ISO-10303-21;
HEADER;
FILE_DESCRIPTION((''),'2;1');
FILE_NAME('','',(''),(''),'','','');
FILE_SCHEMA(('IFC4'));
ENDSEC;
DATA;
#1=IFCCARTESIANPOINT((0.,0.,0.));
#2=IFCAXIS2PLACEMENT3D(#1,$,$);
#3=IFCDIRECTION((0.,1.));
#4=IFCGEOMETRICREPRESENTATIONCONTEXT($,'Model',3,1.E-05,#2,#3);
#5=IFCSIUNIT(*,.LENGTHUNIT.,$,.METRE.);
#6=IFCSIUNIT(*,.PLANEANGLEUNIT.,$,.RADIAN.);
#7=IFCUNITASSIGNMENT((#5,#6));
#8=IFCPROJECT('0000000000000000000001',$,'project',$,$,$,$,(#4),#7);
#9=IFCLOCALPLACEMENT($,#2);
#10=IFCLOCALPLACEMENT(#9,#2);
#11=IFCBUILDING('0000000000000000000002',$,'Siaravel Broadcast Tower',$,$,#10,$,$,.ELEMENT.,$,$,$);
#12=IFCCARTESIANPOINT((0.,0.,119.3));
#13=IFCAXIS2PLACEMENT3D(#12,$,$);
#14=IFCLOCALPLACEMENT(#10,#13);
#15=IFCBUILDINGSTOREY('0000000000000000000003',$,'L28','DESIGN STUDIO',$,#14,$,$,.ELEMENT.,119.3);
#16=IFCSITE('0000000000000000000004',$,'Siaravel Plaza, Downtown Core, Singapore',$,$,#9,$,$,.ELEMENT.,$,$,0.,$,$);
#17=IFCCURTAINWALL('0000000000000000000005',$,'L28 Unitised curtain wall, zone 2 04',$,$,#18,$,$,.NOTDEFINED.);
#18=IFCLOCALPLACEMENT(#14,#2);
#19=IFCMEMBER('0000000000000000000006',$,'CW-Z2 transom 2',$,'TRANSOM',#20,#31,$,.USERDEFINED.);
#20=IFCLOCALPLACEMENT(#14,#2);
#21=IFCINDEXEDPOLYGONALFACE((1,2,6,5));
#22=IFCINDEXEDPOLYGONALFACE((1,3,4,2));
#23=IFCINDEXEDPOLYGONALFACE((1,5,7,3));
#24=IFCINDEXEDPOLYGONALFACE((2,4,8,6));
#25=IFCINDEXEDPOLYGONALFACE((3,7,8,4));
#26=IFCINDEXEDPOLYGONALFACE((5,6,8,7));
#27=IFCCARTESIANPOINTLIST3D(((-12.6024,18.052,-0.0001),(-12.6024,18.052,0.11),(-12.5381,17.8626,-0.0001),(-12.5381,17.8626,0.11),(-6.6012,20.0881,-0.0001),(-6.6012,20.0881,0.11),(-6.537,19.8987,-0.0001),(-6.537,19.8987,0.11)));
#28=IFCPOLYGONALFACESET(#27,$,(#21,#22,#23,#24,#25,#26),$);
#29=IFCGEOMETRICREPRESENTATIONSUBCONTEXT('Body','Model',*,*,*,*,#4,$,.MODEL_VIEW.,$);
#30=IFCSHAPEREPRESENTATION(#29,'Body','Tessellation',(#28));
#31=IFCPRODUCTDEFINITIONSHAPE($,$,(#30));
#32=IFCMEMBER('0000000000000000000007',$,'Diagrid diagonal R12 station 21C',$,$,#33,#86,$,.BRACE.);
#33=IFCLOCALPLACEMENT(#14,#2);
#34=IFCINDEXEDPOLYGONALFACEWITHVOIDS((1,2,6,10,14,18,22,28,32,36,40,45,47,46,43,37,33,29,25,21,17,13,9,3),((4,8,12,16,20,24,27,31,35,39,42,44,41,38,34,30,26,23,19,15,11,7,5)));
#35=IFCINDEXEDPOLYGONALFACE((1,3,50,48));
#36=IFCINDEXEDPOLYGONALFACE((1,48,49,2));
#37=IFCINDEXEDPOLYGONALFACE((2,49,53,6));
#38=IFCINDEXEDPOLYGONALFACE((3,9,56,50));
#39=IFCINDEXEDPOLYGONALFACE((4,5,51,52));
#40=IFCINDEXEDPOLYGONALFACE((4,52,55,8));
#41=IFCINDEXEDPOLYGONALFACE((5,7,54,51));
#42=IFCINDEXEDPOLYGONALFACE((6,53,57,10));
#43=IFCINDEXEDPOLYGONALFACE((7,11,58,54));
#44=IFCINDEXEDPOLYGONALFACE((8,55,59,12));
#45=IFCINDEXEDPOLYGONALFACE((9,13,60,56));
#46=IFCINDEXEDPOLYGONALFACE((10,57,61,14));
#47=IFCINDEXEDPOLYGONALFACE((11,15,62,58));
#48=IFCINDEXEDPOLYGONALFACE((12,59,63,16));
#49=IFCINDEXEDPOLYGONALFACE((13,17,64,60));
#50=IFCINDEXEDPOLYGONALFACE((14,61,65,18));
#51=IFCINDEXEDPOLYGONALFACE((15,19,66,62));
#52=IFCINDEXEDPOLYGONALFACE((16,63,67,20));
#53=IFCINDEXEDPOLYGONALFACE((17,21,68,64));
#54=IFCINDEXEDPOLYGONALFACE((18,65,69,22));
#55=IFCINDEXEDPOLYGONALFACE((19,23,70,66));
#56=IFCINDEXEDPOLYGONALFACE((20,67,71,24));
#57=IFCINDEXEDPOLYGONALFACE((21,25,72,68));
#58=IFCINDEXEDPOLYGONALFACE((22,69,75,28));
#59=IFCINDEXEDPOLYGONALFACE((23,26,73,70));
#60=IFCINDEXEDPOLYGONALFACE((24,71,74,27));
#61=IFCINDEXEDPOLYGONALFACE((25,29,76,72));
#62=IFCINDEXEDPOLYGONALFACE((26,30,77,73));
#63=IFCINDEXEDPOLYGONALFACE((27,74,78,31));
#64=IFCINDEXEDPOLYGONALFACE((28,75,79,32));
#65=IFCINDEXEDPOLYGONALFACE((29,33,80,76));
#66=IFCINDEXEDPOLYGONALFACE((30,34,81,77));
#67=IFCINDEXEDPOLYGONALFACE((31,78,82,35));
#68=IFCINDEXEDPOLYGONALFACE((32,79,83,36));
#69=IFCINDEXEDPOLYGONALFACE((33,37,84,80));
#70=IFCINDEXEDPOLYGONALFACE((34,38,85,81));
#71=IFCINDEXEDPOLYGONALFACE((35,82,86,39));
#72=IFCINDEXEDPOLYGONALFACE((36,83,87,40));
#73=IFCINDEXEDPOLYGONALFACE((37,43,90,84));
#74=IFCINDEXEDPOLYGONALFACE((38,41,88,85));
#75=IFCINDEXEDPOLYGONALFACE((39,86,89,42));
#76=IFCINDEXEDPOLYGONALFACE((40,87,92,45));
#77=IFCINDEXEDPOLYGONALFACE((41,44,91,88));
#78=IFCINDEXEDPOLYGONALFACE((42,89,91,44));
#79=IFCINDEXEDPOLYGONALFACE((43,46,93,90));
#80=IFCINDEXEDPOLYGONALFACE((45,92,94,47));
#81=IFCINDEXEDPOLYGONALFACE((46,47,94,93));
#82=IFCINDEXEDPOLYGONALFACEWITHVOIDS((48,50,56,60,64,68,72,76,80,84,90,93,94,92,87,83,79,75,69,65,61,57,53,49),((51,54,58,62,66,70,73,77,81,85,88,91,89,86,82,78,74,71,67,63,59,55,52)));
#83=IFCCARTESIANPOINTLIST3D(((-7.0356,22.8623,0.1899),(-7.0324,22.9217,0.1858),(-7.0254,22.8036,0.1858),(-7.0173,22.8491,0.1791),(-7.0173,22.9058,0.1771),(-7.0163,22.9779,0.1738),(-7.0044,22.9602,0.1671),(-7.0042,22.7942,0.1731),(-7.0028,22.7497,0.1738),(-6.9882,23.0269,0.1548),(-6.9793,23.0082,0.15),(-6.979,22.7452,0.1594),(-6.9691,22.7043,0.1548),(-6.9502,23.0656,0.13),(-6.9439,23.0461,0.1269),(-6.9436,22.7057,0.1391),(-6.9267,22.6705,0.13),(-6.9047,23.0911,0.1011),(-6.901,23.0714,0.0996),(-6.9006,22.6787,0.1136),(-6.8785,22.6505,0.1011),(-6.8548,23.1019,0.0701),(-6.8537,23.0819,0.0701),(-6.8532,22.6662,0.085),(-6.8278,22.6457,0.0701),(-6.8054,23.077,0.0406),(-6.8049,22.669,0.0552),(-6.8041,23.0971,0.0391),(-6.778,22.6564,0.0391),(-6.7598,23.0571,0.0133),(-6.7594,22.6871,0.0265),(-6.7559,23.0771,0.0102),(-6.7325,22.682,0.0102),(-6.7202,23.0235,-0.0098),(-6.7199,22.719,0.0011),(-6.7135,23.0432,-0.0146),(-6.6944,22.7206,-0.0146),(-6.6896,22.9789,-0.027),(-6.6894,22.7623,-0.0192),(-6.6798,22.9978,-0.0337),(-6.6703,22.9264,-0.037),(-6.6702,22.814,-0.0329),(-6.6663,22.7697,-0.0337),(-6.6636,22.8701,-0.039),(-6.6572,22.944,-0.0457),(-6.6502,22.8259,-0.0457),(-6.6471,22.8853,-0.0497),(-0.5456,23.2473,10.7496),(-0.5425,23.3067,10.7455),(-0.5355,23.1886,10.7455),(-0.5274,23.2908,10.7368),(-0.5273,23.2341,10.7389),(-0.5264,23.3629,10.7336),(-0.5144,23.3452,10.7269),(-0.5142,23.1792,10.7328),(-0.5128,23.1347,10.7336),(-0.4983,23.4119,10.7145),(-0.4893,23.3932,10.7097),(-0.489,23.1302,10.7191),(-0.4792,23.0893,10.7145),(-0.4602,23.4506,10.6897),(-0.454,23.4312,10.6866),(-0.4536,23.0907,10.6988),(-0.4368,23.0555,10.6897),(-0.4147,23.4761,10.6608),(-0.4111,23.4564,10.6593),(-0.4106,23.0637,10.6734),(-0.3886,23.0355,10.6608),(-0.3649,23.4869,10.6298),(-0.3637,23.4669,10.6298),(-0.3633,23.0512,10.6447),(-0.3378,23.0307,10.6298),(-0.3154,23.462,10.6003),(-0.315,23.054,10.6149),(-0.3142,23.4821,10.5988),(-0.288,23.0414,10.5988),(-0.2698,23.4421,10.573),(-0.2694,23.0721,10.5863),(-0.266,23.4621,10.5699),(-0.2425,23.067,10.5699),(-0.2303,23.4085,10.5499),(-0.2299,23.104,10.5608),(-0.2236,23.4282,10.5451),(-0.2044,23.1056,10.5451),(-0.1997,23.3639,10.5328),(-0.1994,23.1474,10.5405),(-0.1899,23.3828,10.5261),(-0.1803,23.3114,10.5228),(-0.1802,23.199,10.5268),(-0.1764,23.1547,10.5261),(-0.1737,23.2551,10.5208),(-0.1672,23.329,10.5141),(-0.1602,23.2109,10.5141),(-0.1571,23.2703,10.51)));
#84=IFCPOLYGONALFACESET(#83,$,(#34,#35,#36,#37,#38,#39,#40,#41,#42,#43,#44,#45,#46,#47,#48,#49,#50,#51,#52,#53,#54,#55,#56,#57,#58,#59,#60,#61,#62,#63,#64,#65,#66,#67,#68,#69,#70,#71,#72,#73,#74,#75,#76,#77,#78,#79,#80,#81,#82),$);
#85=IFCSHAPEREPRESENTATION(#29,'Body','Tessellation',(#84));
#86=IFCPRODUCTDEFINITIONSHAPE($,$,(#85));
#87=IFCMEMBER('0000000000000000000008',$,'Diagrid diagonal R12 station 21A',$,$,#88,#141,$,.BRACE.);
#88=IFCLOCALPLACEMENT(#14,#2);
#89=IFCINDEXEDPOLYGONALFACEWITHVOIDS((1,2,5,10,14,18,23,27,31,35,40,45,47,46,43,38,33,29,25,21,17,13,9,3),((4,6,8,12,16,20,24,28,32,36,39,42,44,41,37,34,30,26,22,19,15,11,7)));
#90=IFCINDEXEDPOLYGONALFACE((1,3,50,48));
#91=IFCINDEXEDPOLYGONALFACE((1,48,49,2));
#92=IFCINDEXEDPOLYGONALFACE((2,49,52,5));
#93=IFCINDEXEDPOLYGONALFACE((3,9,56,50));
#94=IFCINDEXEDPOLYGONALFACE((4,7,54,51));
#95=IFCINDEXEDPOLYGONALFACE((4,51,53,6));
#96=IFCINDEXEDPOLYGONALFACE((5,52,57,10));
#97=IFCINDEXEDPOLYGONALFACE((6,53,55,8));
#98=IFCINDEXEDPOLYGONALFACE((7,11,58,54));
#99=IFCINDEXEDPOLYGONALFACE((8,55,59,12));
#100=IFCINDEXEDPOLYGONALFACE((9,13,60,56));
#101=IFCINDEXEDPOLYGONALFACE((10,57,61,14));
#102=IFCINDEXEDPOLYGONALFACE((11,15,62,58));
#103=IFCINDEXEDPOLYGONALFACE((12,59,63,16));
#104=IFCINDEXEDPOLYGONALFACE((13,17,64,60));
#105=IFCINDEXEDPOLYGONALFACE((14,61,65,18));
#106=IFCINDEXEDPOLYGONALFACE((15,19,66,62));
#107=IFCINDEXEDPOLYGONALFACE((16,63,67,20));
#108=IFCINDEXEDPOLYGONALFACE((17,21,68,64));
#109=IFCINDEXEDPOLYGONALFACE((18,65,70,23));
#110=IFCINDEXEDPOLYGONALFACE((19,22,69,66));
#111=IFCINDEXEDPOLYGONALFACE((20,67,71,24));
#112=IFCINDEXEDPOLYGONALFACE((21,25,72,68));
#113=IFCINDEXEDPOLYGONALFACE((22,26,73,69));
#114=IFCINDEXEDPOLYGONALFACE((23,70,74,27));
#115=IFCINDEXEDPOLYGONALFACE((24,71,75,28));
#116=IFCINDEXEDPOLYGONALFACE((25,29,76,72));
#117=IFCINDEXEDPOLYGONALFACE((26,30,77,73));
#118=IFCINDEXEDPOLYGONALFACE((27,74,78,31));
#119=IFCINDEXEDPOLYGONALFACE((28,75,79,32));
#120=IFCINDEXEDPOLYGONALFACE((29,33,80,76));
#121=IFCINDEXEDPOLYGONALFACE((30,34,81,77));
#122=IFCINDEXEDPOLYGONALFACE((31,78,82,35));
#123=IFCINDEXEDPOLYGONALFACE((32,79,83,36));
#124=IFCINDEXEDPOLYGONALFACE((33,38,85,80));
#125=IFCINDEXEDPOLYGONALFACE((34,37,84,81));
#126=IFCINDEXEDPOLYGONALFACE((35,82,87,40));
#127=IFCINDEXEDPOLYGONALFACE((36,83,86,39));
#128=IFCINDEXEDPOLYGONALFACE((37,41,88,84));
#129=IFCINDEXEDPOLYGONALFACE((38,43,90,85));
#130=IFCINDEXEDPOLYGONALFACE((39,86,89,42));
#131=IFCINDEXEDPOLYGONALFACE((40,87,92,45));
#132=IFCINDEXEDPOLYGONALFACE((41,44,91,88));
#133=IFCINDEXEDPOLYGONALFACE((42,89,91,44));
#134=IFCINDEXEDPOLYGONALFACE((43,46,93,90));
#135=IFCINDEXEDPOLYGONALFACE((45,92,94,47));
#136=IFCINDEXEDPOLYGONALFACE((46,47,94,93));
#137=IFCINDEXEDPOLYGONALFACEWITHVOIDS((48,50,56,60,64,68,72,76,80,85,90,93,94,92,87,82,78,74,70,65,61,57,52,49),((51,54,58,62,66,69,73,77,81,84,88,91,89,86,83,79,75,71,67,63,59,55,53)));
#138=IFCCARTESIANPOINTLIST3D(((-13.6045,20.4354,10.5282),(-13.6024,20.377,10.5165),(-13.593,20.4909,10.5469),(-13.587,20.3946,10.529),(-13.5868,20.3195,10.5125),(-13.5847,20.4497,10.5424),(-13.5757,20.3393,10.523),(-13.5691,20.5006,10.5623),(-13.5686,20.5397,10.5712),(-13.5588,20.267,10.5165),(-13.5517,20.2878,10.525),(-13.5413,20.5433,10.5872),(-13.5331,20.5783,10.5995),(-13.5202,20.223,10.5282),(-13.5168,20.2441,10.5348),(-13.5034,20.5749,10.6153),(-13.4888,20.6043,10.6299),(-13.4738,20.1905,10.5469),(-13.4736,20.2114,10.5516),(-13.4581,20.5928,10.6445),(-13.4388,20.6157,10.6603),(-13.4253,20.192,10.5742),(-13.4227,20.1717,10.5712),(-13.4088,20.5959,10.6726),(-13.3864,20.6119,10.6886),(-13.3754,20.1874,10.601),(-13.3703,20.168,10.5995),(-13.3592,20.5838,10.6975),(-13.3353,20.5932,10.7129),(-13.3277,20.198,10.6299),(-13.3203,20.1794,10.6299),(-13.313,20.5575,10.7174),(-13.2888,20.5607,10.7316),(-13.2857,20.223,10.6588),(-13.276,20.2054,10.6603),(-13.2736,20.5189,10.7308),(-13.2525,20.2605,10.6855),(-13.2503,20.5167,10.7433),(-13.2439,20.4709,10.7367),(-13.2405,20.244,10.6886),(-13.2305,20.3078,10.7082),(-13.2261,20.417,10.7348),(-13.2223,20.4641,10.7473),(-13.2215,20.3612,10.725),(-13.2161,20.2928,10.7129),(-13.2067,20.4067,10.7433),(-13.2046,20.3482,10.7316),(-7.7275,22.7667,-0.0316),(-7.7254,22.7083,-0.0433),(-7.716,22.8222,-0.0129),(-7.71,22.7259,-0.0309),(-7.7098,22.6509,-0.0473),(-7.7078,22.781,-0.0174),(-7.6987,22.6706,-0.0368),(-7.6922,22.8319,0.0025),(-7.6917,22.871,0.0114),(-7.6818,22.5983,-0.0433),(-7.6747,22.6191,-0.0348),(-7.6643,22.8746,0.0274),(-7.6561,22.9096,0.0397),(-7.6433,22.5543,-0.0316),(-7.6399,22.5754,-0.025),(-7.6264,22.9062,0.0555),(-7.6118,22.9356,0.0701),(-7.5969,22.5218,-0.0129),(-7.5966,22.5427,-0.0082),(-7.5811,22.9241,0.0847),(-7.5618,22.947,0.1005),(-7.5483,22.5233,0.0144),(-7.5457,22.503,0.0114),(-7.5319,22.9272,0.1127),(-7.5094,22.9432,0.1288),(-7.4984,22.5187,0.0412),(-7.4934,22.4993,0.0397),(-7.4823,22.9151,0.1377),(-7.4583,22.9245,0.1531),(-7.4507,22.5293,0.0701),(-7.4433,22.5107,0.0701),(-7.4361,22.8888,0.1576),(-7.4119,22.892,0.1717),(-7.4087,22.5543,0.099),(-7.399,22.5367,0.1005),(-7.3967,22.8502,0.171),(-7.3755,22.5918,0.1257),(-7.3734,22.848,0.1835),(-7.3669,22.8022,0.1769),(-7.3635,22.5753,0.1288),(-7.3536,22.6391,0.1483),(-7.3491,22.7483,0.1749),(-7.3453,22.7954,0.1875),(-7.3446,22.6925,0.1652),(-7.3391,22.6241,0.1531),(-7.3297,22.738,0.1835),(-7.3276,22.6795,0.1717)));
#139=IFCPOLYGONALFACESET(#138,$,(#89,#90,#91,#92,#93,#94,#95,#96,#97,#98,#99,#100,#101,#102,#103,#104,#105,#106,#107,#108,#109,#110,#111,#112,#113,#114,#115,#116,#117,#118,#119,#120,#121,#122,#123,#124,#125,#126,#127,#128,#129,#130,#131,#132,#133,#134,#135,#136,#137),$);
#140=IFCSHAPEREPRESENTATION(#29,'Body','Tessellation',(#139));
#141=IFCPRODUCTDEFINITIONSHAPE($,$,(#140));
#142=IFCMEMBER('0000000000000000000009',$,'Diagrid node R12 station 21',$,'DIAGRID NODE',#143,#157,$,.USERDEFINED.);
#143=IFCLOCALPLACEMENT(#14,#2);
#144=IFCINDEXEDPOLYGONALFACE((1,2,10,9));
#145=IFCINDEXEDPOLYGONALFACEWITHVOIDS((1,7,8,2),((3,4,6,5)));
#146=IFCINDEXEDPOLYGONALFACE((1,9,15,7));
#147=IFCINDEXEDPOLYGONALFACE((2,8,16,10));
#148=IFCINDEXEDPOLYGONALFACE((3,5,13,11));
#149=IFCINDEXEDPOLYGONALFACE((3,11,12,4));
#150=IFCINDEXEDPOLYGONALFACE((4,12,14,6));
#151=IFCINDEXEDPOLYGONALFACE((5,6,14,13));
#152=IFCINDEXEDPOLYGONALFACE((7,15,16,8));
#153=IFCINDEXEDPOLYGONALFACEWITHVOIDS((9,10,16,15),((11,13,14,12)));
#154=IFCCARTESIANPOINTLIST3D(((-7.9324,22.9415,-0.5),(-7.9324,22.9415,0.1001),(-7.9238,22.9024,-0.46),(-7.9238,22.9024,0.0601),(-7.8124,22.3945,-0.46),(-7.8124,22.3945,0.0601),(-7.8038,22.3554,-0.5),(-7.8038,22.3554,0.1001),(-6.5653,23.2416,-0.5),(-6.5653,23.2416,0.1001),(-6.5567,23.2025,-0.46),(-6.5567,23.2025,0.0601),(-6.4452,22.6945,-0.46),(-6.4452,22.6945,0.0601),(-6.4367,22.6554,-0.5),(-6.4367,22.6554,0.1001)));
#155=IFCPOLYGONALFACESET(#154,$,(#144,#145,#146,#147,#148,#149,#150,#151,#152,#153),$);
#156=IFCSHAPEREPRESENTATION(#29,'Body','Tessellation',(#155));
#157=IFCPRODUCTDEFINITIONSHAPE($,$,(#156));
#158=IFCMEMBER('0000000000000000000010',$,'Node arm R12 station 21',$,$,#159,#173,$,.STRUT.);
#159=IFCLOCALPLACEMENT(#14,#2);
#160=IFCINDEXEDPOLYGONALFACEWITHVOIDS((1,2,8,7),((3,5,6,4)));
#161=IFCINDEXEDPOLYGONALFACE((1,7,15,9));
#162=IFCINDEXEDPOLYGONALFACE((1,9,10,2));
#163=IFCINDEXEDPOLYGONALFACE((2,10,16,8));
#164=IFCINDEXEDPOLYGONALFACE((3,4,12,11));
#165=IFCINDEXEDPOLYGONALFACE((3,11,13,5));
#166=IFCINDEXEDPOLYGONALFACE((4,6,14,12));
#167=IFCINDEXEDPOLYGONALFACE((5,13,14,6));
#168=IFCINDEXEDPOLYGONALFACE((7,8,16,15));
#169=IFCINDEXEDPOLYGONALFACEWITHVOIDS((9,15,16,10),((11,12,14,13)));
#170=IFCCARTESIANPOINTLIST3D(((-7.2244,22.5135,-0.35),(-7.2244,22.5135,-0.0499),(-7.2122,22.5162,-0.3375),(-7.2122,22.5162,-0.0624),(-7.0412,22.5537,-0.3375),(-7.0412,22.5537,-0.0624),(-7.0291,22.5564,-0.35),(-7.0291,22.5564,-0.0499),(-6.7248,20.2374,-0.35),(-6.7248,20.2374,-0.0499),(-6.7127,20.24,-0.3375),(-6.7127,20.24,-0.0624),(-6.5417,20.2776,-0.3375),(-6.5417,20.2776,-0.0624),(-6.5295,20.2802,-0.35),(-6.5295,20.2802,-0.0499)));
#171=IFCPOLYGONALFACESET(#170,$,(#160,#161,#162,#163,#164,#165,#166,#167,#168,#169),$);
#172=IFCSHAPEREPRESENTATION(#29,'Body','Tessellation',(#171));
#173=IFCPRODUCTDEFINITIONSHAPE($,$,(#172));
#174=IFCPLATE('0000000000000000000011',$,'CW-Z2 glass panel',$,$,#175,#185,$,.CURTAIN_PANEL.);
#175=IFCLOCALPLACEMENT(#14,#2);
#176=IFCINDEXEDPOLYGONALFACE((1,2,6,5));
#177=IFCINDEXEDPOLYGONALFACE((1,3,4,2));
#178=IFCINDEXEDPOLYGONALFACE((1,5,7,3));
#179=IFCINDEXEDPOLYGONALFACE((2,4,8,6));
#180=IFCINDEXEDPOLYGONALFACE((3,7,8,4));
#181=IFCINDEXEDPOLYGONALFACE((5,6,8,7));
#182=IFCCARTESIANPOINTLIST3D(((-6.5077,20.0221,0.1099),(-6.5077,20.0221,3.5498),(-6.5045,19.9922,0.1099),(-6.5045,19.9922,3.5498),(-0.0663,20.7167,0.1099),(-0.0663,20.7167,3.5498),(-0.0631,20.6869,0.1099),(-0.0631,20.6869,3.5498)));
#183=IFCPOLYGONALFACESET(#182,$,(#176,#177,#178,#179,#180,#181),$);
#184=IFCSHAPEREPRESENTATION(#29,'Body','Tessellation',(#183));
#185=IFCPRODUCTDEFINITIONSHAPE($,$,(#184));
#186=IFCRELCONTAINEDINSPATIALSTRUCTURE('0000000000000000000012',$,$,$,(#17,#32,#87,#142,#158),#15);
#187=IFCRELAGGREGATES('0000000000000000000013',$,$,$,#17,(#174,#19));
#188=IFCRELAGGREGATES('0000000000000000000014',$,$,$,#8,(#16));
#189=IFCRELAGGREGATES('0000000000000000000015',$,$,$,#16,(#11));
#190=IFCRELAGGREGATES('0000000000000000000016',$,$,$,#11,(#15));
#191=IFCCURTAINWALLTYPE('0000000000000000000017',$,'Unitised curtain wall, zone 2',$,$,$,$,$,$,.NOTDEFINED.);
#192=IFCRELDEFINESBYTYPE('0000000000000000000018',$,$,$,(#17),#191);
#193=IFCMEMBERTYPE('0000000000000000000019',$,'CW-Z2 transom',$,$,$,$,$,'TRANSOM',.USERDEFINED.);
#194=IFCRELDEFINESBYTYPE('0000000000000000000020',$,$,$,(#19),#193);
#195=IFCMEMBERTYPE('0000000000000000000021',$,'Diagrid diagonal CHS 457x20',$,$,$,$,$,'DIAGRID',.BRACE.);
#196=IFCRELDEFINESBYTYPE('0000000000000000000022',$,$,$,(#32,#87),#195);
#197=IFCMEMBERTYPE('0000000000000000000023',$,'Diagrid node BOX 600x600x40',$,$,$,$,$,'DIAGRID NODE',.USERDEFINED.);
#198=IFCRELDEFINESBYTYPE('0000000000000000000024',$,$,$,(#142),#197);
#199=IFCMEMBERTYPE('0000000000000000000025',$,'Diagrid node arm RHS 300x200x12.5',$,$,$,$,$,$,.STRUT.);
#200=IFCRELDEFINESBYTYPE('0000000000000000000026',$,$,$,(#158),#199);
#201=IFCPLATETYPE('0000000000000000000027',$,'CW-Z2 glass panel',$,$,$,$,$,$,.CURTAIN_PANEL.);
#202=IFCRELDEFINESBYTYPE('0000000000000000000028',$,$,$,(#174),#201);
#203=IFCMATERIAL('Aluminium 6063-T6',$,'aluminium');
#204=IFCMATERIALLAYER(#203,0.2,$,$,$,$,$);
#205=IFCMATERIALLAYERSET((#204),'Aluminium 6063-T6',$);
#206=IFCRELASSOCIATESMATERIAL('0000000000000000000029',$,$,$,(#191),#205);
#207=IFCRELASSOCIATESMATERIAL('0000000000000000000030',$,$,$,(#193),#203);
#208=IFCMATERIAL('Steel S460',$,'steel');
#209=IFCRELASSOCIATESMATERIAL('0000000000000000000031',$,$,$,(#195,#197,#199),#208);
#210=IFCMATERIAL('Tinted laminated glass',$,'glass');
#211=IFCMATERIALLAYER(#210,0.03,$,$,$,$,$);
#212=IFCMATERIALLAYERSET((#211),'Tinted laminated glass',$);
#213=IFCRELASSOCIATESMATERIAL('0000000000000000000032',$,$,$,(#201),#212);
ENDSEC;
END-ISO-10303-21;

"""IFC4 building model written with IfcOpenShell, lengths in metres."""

from ifc_helpers import new_model, si_unit, direction, frame, origin, origin_2d, place, context, subcontext, project, spatial, rectangle, hollow_rectangle, hollow_circle, extrude, material, layer, layer_set, material_profile, profile_set, type_object, element, aggregate, save


model = new_model("IFC4")

# Units and contexts
model_context = context("Model", 3, precision=1e-05, world=origin(), true_north=direction((0.0, 1.0)))
body_context = subcontext(model_context, "Body", "Model", "MODEL_VIEW")
ifc_project = project(units=[si_unit("LENGTHUNIT", "METRE"), si_unit("PLANEANGLEUNIT", "RADIAN")], contexts=[model_context])

# Site, building, storey
site_placement = place(None, origin())
site = spatial("IfcSite", under=ifc_project, at=site_placement, Name="Siaravel Plaza, Downtown Core, Singapore", CompositionType="ELEMENT", RefElevation=0.0)
building_placement = place(site_placement, origin())
building = spatial("IfcBuilding", under=site, at=building_placement, Name="Siaravel Broadcast Tower", CompositionType="ELEMENT")
storey_placement = place(building_placement, frame((0.0, 0.0, 119.3)))
storey = spatial("IfcBuildingStorey", under=building, at=storey_placement, Name="L28", Description="DESIGN STUDIO", CompositionType="ELEMENT", Elevation=119.3)

# Curtain wall, member
ifc_material_1 = material(Name="Aluminium 6063-T6", Category="aluminium")
ifc_layer_1 = layer(ifc_material_1, 0.2)
ifc_layer_set_1 = layer_set([ifc_layer_1], Name="Aluminium 6063-T6")
curtain_wall_type = type_object("IfcCurtainWallType", Name="Unitised curtain wall, zone 2", PredefinedType="NOTDEFINED", material=ifc_layer_set_1)
curtain_wall_placement = place(storey_placement, origin())
curtain_wall = element("IfcCurtainWall", 1, at=curtain_wall_placement, inside=storey, type_object=curtain_wall_type, Name="L28 Unitised curtain wall, zone 2 04", PredefinedType="NOTDEFINED")
ifc_material_profile_1 = material_profile(ifc_material_1, rectangle(XDim=0.2, YDim=0.1101, at=origin_2d()))
ifc_profile_set_1 = profile_set([ifc_material_profile_1], Name="Aluminium 6063-T6")
member_type_1 = type_object("IfcMemberType", Name="CW-Z2 transom", ElementType="TRANSOM", PredefinedType="USERDEFINED", material=ifc_profile_set_1)
member_1_placement = place(storey_placement, frame((-6.5691, 19.9934, 0.0549), z_axis=(-0.946978, -0.321297, 0.0), x_axis=(0.321297, -0.946978, 0.0)))
member_1 = element("IfcMember", 2, at=member_1_placement, type_object=member_type_1, Name="CW-Z2 transom 2", ObjectType="TRANSOM", PredefinedType="USERDEFINED", context=body_context, shape_type="SweptSolid", body=[
    extrude(rectangle(XDim=0.2, YDim=0.1101, at=origin_2d()), origin(), (0.0, 0.0, 1.0), 6.3372),
])

# Members
ifc_material_2 = material(Name="Steel S460", Category="steel")
ifc_material_profile_2 = material_profile(ifc_material_2, hollow_circle(Radius=0.2285, WallThickness=0.02, at=origin_2d()))
ifc_profile_set_2 = profile_set([ifc_material_profile_2], Name="Steel S460")
member_type_2 = type_object("IfcMemberType", Name="Diagrid diagonal CHS 457x20", ElementType="DIAGRID", PredefinedType="BRACE", material=ifc_profile_set_2)
member_2_placement = place(storey_placement, frame((-6.8413, 22.8738, 0.0701), z_axis=(0.523356, 0.031047, 0.851548), x_axis=(-0.05922, 0.998245, 0.0)))
element("IfcMember", 3, at=member_2_placement, inside=storey, type_object=member_type_2, Name="Diagrid diagonal R12 station 21C", PredefinedType="BRACE", context=body_context, shape_type="SweptSolid", body=[
    extrude(hollow_circle(Radius=0.2285, WallThickness=0.02, at=origin_2d()), origin(), (0.0, 0.0, 1.0), 12.4006),
])
member_3_placement = place(storey_placement, frame((-7.5276, 22.7231, 0.0701), z_axis=(-0.477496, -0.189416, 0.857974), x_axis=(0.368733, -0.929535, 0.0)))
element("IfcMember", 4, at=member_3_placement, inside=storey, type_object=member_type_2, Name="Diagrid diagonal R12 station 21A", PredefinedType="BRACE", context=body_context, shape_type="SweptSolid", body=[
    extrude(hollow_circle(Radius=0.2285, WallThickness=0.02, at=origin_2d()), origin(), (0.0, 0.0, 1.0), 12.3079),
])
ifc_material_profile_3 = material_profile(ifc_material_2, hollow_rectangle(XDim=0.6001, YDim=0.6001, WallThickness=0.04, at=origin_2d()))
ifc_profile_set_3 = profile_set([ifc_material_profile_3], Name="Steel S460")
member_type_3 = type_object("IfcMemberType", Name="Diagrid node BOX 600x600x40", ElementType="DIAGRID NODE", PredefinedType="USERDEFINED", material=ifc_profile_set_3)
member_4_placement = place(storey_placement, frame((-6.501, 22.9485, -0.2), z_axis=(-0.976754, -0.214363, 0.0), x_axis=(0.214363, -0.976754, 0.0)))
element("IfcMember", 5, at=member_4_placement, inside=storey, type_object=member_type_3, Name="Diagrid node R12 station 21", ObjectType="DIAGRID NODE", PredefinedType="USERDEFINED", context=body_context, shape_type="SweptSolid", body=[
    extrude(hollow_rectangle(XDim=0.6001, YDim=0.6001, WallThickness=0.04, at=origin_2d()), origin(), (0.0, 0.0, 1.0), 1.3997),
])
ifc_material_profile_4 = material_profile(ifc_material_2, hollow_rectangle(XDim=0.2, YDim=0.3, WallThickness=0.0125, at=origin_2d()))
ifc_profile_set_4 = profile_set([ifc_material_profile_4], Name="Steel S460")
member_type_4 = type_object("IfcMemberType", Name="Diagrid node arm RHS 300x200x12.5", PredefinedType="STRUT", material=ifc_profile_set_4)
member_5_placement = place(storey_placement, frame((-6.6272, 20.2588, -0.2), z_axis=(-0.214356, 0.976756, 0.0), x_axis=(-0.976756, -0.214356, 0.0)))
element("IfcMember", 6, at=member_5_placement, inside=storey, type_object=member_type_4, Name="Node arm R12 station 21", PredefinedType="STRUT", context=body_context, shape_type="SweptSolid", body=[
    extrude(hollow_rectangle(XDim=0.2, YDim=0.3, WallThickness=0.0125, at=origin_2d()), origin(), (0.0, 0.0, 1.0), 2.3303),
])

# Plate
ifc_material_3 = material(Name="Tinted laminated glass", Category="glass")
ifc_layer_2 = layer(ifc_material_3, 0.03)
ifc_layer_set_2 = layer_set([ifc_layer_2], Name="Tinted laminated glass")
plate_type = type_object("IfcPlateType", Name="CW-Z2 glass panel", PredefinedType="CURTAIN_PANEL", material=ifc_layer_set_2)
plate_1_placement = place(storey_placement, frame((-3.2854, 20.3545, 0.1099), z_axis=(0.0, 0.0, 1.0), x_axis=(-0.994236, -0.107217, 0.0)))
plate_1 = element("IfcPlate", 7, at=plate_1_placement, type_object=plate_type, Name="CW-Z2 glass panel", PredefinedType="CURTAIN_PANEL", context=body_context, shape_type="SweptSolid", body=[
    extrude(rectangle(XDim=6.4788, YDim=0.03, at=origin_2d()), origin(), (0.0, 0.0, 1.0), 3.4399),
])
aggregate(curtain_wall, [plate_1, member_1])

save(model, "model.ifc")
